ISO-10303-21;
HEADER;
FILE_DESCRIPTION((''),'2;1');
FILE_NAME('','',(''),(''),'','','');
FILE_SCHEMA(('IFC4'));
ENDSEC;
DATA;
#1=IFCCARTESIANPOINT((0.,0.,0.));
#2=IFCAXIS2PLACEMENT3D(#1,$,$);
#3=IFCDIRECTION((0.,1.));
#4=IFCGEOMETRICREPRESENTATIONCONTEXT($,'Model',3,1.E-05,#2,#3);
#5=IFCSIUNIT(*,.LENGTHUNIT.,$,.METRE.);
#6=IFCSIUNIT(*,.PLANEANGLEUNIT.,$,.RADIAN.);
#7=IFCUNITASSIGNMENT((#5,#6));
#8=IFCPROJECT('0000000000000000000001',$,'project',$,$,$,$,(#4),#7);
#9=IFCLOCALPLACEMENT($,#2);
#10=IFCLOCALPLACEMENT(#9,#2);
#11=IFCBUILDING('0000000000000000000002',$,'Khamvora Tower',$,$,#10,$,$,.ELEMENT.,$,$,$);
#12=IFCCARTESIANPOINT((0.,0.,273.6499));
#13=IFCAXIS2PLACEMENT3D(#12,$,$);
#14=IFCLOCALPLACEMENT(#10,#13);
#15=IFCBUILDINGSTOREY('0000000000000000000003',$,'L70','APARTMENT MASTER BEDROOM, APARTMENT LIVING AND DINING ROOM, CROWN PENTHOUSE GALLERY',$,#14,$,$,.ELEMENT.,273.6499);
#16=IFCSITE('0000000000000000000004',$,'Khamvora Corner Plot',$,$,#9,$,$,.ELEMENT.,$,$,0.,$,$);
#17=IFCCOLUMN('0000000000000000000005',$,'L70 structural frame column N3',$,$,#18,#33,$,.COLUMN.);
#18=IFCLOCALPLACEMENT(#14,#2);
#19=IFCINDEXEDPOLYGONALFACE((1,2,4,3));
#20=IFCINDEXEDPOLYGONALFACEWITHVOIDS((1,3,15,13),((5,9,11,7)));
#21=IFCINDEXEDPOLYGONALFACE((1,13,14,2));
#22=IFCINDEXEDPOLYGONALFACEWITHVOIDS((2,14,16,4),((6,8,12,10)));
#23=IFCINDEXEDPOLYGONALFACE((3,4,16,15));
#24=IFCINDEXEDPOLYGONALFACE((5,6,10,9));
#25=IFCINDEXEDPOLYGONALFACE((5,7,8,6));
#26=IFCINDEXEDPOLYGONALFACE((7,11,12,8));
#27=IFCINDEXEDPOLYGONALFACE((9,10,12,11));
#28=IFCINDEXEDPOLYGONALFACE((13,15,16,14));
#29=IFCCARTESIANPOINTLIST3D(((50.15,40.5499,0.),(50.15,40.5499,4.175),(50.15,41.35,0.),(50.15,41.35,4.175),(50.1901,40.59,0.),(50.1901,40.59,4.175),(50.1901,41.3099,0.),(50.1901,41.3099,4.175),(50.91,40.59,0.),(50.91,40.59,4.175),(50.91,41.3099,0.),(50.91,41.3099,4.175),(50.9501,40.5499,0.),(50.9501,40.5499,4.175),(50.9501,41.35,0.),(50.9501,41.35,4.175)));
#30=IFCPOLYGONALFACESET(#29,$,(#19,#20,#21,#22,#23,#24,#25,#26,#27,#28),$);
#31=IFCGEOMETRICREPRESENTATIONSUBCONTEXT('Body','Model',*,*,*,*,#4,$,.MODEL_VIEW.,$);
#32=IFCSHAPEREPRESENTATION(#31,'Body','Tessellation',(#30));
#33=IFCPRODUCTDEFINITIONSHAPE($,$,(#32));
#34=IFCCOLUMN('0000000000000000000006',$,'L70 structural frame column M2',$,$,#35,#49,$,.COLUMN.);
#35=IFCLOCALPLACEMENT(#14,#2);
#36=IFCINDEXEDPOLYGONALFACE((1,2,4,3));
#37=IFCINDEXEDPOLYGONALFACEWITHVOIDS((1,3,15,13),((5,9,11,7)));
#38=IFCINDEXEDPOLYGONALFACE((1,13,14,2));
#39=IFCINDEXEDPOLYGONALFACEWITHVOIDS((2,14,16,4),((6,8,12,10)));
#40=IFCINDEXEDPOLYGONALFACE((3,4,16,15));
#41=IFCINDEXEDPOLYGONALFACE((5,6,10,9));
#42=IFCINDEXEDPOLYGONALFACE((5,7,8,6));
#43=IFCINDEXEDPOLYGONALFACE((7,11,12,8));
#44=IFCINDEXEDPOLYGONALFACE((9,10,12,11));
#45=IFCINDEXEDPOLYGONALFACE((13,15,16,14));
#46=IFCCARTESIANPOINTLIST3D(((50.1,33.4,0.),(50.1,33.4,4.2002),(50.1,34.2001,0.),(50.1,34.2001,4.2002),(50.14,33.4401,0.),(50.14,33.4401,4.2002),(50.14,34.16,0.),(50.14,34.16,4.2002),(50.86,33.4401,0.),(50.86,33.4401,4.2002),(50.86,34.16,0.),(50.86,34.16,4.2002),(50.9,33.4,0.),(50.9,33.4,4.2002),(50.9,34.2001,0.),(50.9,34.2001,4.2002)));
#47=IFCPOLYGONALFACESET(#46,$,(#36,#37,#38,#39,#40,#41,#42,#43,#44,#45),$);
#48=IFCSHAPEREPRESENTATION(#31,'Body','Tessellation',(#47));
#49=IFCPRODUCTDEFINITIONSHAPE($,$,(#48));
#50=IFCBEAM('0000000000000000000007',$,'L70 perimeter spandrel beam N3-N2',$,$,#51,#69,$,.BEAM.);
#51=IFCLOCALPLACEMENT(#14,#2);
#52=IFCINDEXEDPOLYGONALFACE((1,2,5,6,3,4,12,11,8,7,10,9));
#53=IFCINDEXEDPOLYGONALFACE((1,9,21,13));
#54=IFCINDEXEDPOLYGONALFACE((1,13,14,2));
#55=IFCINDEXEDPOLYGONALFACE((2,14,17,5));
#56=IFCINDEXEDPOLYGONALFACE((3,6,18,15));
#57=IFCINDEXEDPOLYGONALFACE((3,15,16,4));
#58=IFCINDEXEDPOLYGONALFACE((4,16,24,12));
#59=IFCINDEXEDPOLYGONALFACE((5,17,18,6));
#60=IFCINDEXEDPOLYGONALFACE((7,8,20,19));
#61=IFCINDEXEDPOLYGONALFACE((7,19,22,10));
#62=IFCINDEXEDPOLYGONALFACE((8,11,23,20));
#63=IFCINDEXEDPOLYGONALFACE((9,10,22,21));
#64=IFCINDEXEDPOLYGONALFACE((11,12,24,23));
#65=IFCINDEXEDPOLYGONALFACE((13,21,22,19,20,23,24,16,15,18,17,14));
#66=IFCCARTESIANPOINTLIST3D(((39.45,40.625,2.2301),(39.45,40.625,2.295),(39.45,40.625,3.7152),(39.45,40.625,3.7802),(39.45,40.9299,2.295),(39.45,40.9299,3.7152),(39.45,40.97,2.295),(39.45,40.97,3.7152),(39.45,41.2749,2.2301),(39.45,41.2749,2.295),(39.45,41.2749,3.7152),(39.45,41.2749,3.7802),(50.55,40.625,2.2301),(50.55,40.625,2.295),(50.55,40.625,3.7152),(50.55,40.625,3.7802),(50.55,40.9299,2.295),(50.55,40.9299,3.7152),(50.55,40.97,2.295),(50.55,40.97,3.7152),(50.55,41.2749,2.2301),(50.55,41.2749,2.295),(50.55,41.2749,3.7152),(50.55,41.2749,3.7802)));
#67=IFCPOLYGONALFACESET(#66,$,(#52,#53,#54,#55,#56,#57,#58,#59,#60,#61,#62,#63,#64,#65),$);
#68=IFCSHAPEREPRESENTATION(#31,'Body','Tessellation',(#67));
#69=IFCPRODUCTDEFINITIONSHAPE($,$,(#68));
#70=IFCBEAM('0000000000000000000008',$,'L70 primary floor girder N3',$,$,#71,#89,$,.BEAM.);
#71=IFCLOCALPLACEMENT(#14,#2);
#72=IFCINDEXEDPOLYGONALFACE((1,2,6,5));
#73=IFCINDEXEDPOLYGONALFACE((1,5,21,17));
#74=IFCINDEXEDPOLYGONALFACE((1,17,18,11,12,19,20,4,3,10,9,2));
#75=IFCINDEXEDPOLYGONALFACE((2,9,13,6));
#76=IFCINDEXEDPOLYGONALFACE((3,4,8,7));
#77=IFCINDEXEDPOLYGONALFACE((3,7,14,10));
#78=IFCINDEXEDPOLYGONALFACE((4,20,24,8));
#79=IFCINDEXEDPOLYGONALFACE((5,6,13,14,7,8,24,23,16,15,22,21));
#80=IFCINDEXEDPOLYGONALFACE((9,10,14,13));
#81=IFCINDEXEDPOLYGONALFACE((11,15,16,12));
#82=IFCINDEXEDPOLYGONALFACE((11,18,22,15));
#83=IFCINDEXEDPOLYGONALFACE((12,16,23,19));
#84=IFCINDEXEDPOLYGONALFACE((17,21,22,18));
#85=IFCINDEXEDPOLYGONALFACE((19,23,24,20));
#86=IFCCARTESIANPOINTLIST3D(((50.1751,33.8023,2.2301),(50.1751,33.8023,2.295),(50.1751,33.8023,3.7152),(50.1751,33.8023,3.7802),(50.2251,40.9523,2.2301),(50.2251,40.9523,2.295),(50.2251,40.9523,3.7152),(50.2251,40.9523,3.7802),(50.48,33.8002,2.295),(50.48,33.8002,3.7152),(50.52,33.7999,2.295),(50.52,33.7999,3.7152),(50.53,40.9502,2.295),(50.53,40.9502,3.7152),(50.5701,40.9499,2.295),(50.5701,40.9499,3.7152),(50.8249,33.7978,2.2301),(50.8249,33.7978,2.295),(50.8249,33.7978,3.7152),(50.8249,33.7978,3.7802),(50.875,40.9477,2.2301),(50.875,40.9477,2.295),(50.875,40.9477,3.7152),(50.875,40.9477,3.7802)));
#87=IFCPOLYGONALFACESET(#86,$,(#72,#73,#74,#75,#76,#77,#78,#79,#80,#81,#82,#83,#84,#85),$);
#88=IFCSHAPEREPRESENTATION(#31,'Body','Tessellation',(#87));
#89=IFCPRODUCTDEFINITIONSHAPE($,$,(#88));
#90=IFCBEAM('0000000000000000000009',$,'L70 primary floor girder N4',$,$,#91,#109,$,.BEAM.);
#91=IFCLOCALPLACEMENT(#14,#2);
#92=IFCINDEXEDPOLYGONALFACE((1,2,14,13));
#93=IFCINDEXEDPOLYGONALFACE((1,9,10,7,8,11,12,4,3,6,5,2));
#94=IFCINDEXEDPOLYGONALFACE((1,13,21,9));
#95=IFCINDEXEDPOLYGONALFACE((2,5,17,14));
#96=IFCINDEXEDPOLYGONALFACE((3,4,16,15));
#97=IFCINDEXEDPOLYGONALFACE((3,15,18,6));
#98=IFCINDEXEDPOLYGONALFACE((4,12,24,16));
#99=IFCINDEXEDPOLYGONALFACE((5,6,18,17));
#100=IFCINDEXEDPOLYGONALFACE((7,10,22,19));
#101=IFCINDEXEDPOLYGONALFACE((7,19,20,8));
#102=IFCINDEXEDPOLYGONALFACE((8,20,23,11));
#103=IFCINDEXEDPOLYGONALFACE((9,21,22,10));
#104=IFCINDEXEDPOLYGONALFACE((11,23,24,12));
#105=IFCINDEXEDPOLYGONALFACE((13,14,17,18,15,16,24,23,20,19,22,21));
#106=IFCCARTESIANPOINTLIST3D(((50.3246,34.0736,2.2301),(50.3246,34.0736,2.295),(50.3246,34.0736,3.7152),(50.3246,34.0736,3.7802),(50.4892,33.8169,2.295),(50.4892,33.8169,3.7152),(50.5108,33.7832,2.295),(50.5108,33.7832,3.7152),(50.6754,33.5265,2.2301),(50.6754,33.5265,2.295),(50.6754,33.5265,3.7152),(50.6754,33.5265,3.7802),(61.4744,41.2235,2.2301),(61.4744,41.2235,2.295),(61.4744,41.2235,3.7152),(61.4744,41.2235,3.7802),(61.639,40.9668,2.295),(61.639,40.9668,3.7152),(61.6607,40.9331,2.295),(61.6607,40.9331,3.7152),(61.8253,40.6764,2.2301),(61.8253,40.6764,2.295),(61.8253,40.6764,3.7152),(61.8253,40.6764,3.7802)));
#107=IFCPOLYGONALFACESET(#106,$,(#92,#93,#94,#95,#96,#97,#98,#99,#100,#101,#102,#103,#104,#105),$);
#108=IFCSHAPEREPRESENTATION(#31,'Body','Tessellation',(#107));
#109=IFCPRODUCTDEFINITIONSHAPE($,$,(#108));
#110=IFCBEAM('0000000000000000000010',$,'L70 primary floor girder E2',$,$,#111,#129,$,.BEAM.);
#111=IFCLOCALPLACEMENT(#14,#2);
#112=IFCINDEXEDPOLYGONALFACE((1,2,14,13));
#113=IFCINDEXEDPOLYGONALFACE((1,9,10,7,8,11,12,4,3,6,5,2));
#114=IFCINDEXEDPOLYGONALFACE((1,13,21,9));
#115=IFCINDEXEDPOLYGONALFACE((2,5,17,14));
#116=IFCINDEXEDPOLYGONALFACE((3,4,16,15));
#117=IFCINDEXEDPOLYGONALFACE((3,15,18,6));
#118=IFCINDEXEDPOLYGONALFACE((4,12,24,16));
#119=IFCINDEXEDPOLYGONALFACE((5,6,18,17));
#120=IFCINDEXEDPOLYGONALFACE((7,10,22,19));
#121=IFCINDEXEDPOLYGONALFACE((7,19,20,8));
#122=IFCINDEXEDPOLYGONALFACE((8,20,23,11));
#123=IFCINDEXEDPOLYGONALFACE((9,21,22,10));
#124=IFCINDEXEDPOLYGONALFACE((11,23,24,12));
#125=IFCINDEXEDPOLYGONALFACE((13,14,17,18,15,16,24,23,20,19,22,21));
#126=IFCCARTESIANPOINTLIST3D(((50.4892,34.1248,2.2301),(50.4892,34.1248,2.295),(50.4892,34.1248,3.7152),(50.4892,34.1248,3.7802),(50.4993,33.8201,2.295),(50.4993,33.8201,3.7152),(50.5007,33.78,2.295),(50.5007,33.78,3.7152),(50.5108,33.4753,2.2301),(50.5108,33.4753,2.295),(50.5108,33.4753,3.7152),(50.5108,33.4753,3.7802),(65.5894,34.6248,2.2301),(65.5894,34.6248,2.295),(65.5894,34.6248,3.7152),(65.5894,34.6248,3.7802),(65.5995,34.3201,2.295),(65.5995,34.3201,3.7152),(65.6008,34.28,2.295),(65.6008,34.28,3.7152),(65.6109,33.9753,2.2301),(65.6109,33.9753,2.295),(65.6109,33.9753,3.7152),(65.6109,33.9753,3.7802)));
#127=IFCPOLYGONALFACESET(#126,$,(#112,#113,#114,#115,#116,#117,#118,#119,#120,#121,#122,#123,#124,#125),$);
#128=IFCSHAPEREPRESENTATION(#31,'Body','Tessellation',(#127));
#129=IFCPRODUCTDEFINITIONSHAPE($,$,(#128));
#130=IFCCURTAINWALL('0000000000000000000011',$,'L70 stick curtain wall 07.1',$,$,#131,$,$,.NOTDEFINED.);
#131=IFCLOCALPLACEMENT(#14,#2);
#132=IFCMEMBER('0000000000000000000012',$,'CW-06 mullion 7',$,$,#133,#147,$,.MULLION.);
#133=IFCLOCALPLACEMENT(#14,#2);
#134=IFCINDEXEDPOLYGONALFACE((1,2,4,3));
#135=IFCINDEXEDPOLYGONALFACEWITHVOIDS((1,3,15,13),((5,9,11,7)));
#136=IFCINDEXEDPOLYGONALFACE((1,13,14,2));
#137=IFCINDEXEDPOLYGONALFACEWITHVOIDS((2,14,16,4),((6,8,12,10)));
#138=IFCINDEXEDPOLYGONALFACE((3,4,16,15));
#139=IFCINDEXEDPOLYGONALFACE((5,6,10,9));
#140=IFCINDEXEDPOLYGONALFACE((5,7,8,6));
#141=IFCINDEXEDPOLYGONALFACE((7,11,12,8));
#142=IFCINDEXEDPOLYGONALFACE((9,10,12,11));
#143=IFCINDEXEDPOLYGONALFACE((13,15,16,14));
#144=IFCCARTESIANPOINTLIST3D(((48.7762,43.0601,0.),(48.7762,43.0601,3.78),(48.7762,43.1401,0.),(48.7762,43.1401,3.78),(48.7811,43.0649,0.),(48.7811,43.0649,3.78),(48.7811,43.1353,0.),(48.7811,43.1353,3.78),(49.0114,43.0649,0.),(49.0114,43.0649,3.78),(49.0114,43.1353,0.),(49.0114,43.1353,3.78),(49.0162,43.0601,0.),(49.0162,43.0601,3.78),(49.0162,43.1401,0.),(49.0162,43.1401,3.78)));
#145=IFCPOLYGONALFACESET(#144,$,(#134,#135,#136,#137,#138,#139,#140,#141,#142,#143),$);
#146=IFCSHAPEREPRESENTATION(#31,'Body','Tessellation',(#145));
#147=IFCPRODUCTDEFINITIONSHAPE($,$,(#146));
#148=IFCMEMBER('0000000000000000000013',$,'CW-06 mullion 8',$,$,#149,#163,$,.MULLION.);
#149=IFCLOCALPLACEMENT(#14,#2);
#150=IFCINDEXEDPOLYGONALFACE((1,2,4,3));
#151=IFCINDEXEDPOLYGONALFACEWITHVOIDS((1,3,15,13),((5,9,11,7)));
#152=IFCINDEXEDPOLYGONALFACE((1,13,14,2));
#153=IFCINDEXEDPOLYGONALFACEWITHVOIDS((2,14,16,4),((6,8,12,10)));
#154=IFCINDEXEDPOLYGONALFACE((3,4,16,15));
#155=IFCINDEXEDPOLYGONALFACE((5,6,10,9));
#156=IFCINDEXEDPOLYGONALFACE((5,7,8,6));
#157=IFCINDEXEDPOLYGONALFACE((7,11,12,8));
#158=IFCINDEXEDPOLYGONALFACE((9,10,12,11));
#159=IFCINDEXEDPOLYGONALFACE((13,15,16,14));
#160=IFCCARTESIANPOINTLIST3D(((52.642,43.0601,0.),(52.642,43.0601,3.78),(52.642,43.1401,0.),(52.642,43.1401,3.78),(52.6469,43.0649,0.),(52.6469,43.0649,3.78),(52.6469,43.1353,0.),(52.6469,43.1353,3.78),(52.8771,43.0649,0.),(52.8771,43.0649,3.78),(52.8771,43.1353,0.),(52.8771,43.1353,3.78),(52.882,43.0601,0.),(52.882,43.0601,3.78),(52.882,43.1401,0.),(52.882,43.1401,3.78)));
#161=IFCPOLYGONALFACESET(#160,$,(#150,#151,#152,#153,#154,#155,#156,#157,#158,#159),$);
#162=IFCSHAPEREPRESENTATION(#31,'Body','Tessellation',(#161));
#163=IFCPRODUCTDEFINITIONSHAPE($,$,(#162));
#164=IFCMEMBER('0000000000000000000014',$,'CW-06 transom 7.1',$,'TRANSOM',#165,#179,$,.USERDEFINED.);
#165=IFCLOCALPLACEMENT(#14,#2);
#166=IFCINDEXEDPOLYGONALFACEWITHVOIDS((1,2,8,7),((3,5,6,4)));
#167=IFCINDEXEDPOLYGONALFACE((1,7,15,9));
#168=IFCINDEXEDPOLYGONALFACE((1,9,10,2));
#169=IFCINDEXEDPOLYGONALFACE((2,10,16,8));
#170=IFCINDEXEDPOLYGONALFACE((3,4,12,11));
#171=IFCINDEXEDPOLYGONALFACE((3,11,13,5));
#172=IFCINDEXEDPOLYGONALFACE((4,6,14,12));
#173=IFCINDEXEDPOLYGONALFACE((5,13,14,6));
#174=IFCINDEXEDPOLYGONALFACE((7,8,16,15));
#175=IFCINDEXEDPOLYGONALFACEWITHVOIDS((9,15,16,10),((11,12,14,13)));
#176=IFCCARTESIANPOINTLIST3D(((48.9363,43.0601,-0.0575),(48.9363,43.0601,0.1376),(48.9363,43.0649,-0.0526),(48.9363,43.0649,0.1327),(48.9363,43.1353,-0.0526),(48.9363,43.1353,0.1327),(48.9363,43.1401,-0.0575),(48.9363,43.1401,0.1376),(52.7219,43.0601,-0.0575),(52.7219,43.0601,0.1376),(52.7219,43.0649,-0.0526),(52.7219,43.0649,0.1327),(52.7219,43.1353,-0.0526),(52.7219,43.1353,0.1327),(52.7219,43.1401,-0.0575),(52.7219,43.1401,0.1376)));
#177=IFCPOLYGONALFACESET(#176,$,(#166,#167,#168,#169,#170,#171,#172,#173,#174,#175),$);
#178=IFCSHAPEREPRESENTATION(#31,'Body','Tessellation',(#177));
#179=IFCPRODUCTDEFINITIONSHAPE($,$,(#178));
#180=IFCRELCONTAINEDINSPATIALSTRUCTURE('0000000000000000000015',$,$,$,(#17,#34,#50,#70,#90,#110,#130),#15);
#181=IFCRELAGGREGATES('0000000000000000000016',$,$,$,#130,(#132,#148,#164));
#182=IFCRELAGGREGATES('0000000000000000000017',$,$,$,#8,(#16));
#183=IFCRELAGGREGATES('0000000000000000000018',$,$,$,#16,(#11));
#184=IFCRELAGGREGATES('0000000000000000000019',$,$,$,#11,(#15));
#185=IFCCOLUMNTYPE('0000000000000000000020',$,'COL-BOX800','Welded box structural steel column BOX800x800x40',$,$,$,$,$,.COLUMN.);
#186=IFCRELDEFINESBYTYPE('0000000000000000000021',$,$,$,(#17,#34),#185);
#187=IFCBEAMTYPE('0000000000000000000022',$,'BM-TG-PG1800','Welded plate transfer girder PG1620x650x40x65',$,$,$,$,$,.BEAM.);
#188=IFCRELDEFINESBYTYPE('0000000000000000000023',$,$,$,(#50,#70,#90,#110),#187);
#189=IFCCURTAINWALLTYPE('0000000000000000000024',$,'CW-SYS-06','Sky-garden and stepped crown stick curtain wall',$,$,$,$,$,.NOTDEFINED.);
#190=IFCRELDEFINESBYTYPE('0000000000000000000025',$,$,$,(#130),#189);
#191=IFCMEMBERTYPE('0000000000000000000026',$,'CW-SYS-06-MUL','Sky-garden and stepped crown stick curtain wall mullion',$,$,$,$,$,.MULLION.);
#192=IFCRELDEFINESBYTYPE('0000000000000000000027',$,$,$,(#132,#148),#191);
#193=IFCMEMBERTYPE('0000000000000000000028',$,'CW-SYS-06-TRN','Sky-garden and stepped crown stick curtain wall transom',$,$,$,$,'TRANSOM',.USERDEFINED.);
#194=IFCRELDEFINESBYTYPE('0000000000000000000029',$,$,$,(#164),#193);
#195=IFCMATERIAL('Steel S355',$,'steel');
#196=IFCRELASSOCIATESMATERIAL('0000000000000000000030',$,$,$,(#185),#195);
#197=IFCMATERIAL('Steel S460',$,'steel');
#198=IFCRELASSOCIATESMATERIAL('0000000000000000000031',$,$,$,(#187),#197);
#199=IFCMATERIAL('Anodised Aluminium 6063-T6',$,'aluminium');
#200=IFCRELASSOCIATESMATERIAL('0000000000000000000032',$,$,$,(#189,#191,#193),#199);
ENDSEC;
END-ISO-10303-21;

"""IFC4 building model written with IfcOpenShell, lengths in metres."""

from ifc_helpers import new_model, si_unit, direction, frame, origin, origin_2d, place, context, subcontext, project, spatial, hollow_rectangle, i_section, extrude, material, material_profile, profile_set, type_object, element, aggregate, save


model = new_model("IFC4")

# Units and contexts
model_context = context("Model", 3, precision=1e-05, world=origin(), true_north=direction((0.0, 1.0)))
body_context = subcontext(model_context, "Body", "Model", "MODEL_VIEW")
ifc_project = project(units=[si_unit("LENGTHUNIT", "METRE"), si_unit("PLANEANGLEUNIT", "RADIAN")], contexts=[model_context])

# Site, building, storey
site_placement = place(None, origin())
site = spatial("IfcSite", under=ifc_project, at=site_placement, Name="Khamvora Corner Plot", CompositionType="ELEMENT", RefElevation=0.0)
building_placement = place(site_placement, origin())
building = spatial("IfcBuilding", under=site, at=building_placement, Name="Khamvora Tower", CompositionType="ELEMENT")
storey_placement = place(building_placement, frame((0.0, 0.0, 273.6499)))
storey = spatial("IfcBuildingStorey", under=building, at=storey_placement, Name="L70", Description="APARTMENT MASTER BEDROOM, APARTMENT LIVING AND DINING ROOM, CROWN PENTHOUSE GALLERY", CompositionType="ELEMENT", Elevation=273.6499)

# Columns
ifc_material_1 = material(Name="Steel S355", Category="steel")
ifc_material_profile_1 = material_profile(ifc_material_1, hollow_rectangle(XDim=0.8, YDim=0.8, WallThickness=0.04, at=origin_2d()), Name="BOX800x800x40")
ifc_profile_set_1 = profile_set([ifc_material_profile_1], Name="Steel S355")
column_type = type_object("IfcColumnType", Name="COL-BOX800", Description="Welded box structural steel column BOX800x800x40", PredefinedType="COLUMN", material=ifc_profile_set_1)
column_1_placement = place(storey_placement, frame((50.55, 40.95, 0.0), z_axis=(0.0, 0.0, 1.0), x_axis=(1.0, 0.0, 0.0)))
element("IfcColumn", 1, at=column_1_placement, inside=storey, type_object=column_type, Name="L70 structural frame column N3", PredefinedType="COLUMN", context=body_context, shape_type="SweptSolid", body=[
    extrude(hollow_rectangle(XDim=0.8, YDim=0.8, WallThickness=0.04, at=origin_2d()), origin(), (0.0, 0.0, 1.0), 4.175),
])
column_2_placement = place(storey_placement, frame((50.5, 33.8, 0.0), z_axis=(0.0, 0.0, 1.0), x_axis=(1.0, 0.0, 0.0)))
element("IfcColumn", 2, at=column_2_placement, inside=storey, type_object=column_type, Name="L70 structural frame column M2", PredefinedType="COLUMN", context=body_context, shape_type="SweptSolid", body=[
    extrude(hollow_rectangle(XDim=0.8, YDim=0.8, WallThickness=0.04, at=origin_2d()), origin(), (0.0, 0.0, 1.0), 4.2002),
])

# Beams
ifc_material_2 = material(Name="Steel S460", Category="steel")
ifc_material_profile_2 = material_profile(ifc_material_2, i_section(OverallWidth=0.6499, OverallDepth=1.55, WebThickness=0.04, FlangeThickness=0.0649, at=origin_2d()), Name="PG1550x650x40x65")
ifc_profile_set_2 = profile_set([ifc_material_profile_2], Name="Steel S460")
beam_type = type_object("IfcBeamType", Name="BM-TG-PG1800", Description="Welded plate transfer girder PG1620x650x40x65", PredefinedType="BEAM", material=ifc_profile_set_2)
beam_1_placement = place(storey_placement, frame((50.55, 40.95, 3.0051), z_axis=(-1.0, 0.0, 0.0), x_axis=(0.0, -1.0, 0.0)))
element("IfcBeam", 3, at=beam_1_placement, inside=storey, type_object=beam_type, Name="L70 perimeter spandrel beam N3-N2", PredefinedType="BEAM", context=body_context, shape_type="SweptSolid", body=[
    extrude(i_section(OverallWidth=0.6499, OverallDepth=1.55, WebThickness=0.04, FlangeThickness=0.0649, at=origin_2d()), origin(), (0.0, 0.0, 1.0), 11.1001),
])
beam_2_placement = place(storey_placement, frame((50.5, 33.8, 3.0051), z_axis=(0.007, 0.999976, 0.0), x_axis=(-0.999976, 0.007, 0.0)))
element("IfcBeam", 4, at=beam_2_placement, inside=storey, type_object=beam_type, Name="L70 primary floor girder N3", PredefinedType="BEAM", context=body_context, shape_type="SweptSolid", body=[
    extrude(i_section(OverallWidth=0.6499, OverallDepth=1.55, WebThickness=0.04, FlangeThickness=0.0649, at=origin_2d()), origin(), (0.0, 0.0, 1.0), 7.1501),
])
beam_3_placement = place(storey_placement, frame((50.5, 33.8, 3.0051), z_axis=(0.841792, 0.539801, 0.0), x_axis=(-0.539801, 0.841792, 0.0)))
element("IfcBeam", 5, at=beam_3_placement, inside=storey, type_object=beam_type, Name="L70 primary floor girder N4", PredefinedType="BEAM", context=body_context, shape_type="SweptSolid", body=[
    extrude(i_section(OverallWidth=0.6499, OverallDepth=1.55, WebThickness=0.04, FlangeThickness=0.0649, at=origin_2d()), origin(), (0.0, 0.0, 1.0), 13.2454),
])
beam_4_placement = place(storey_placement, frame((50.5, 33.8, 3.0051), z_axis=(0.999452, 0.033094, 0.0), x_axis=(-0.033094, 0.999452, 0.0)))
element("IfcBeam", 6, at=beam_4_placement, inside=storey, type_object=beam_type, Name="L70 primary floor girder E2", PredefinedType="BEAM", context=body_context, shape_type="SweptSolid", body=[
    extrude(i_section(OverallWidth=0.6499, OverallDepth=1.55, WebThickness=0.04, FlangeThickness=0.0649, at=origin_2d()), origin(), (0.0, 0.0, 1.0), 15.1084),
])

# Curtain wall, members
ifc_material_3 = material(Name="Anodised Aluminium 6063-T6", Category="aluminium")
curtain_wall_type = type_object("IfcCurtainWallType", Name="CW-SYS-06", Description="Sky-garden and stepped crown stick curtain wall", PredefinedType="NOTDEFINED", material=ifc_material_3)
curtain_wall_placement = place(storey_placement, origin())
curtain_wall = element("IfcCurtainWall", 7, at=curtain_wall_placement, inside=storey, type_object=curtain_wall_type, Name="L70 stick curtain wall 07.1", PredefinedType="NOTDEFINED")
ifc_material_profile_3 = material_profile(ifc_material_3, hollow_rectangle(XDim=0.0801, YDim=0.24, WallThickness=0.0049, at=origin_2d()), Name="MUL80x240x5")
ifc_profile_set_3 = profile_set([ifc_material_profile_3], Name="Anodised Aluminium 6063-T6")
member_type_1 = type_object("IfcMemberType", Name="CW-SYS-06-MUL", Description="Sky-garden and stepped crown stick curtain wall mullion", PredefinedType="MULLION", material=ifc_profile_set_3)
member_1_placement = place(storey_placement, frame((48.8962, 43.1001, 0.0), z_axis=(0.0, 0.0, 1.0), x_axis=(0.0, 1.0, 0.0)))
member_1 = element("IfcMember", 8, at=member_1_placement, type_object=member_type_1, Name="CW-06 mullion 7", PredefinedType="MULLION", context=body_context, shape_type="SweptSolid", body=[
    extrude(hollow_rectangle(XDim=0.0801, YDim=0.24, WallThickness=0.0049, at=origin_2d()), origin(), (0.0, 0.0, 1.0), 3.78),
])
member_2_placement = place(storey_placement, frame((52.762, 43.1001, 0.0), z_axis=(0.0, 0.0, 1.0), x_axis=(0.0, 1.0, 0.0)))
member_2 = element("IfcMember", 9, at=member_2_placement, type_object=member_type_1, Name="CW-06 mullion 8", PredefinedType="MULLION", context=body_context, shape_type="SweptSolid", body=[
    extrude(hollow_rectangle(XDim=0.0801, YDim=0.24, WallThickness=0.0049, at=origin_2d()), origin(), (0.0, 0.0, 1.0), 3.78),
])
ifc_material_profile_4 = material_profile(ifc_material_3, hollow_rectangle(XDim=0.0801, YDim=0.1951, WallThickness=0.0049, at=origin_2d()), Name="TRN80x195x5")
ifc_profile_set_4 = profile_set([ifc_material_profile_4], Name="Anodised Aluminium 6063-T6")
member_type_2 = type_object("IfcMemberType", Name="CW-SYS-06-TRN", Description="Sky-garden and stepped crown stick curtain wall transom", ElementType="TRANSOM", PredefinedType="USERDEFINED", material=ifc_profile_set_4)
member_3_placement = place(storey_placement, frame((48.9363, 43.1001, 0.04), z_axis=(1.0, 0.0, 0.0), x_axis=(0.0, 1.0, 0.0)))
member_3 = element("IfcMember", 10, at=member_3_placement, type_object=member_type_2, Name="CW-06 transom 7.1", ObjectType="TRANSOM", PredefinedType="USERDEFINED", context=body_context, shape_type="SweptSolid", body=[
    extrude(hollow_rectangle(XDim=0.0801, YDim=0.1951, WallThickness=0.0049, at=origin_2d()), origin(), (0.0, 0.0, 1.0), 3.7856),
])

aggregate(curtain_wall, [member_1, member_2, member_3])

save(model, "model.ifc")
